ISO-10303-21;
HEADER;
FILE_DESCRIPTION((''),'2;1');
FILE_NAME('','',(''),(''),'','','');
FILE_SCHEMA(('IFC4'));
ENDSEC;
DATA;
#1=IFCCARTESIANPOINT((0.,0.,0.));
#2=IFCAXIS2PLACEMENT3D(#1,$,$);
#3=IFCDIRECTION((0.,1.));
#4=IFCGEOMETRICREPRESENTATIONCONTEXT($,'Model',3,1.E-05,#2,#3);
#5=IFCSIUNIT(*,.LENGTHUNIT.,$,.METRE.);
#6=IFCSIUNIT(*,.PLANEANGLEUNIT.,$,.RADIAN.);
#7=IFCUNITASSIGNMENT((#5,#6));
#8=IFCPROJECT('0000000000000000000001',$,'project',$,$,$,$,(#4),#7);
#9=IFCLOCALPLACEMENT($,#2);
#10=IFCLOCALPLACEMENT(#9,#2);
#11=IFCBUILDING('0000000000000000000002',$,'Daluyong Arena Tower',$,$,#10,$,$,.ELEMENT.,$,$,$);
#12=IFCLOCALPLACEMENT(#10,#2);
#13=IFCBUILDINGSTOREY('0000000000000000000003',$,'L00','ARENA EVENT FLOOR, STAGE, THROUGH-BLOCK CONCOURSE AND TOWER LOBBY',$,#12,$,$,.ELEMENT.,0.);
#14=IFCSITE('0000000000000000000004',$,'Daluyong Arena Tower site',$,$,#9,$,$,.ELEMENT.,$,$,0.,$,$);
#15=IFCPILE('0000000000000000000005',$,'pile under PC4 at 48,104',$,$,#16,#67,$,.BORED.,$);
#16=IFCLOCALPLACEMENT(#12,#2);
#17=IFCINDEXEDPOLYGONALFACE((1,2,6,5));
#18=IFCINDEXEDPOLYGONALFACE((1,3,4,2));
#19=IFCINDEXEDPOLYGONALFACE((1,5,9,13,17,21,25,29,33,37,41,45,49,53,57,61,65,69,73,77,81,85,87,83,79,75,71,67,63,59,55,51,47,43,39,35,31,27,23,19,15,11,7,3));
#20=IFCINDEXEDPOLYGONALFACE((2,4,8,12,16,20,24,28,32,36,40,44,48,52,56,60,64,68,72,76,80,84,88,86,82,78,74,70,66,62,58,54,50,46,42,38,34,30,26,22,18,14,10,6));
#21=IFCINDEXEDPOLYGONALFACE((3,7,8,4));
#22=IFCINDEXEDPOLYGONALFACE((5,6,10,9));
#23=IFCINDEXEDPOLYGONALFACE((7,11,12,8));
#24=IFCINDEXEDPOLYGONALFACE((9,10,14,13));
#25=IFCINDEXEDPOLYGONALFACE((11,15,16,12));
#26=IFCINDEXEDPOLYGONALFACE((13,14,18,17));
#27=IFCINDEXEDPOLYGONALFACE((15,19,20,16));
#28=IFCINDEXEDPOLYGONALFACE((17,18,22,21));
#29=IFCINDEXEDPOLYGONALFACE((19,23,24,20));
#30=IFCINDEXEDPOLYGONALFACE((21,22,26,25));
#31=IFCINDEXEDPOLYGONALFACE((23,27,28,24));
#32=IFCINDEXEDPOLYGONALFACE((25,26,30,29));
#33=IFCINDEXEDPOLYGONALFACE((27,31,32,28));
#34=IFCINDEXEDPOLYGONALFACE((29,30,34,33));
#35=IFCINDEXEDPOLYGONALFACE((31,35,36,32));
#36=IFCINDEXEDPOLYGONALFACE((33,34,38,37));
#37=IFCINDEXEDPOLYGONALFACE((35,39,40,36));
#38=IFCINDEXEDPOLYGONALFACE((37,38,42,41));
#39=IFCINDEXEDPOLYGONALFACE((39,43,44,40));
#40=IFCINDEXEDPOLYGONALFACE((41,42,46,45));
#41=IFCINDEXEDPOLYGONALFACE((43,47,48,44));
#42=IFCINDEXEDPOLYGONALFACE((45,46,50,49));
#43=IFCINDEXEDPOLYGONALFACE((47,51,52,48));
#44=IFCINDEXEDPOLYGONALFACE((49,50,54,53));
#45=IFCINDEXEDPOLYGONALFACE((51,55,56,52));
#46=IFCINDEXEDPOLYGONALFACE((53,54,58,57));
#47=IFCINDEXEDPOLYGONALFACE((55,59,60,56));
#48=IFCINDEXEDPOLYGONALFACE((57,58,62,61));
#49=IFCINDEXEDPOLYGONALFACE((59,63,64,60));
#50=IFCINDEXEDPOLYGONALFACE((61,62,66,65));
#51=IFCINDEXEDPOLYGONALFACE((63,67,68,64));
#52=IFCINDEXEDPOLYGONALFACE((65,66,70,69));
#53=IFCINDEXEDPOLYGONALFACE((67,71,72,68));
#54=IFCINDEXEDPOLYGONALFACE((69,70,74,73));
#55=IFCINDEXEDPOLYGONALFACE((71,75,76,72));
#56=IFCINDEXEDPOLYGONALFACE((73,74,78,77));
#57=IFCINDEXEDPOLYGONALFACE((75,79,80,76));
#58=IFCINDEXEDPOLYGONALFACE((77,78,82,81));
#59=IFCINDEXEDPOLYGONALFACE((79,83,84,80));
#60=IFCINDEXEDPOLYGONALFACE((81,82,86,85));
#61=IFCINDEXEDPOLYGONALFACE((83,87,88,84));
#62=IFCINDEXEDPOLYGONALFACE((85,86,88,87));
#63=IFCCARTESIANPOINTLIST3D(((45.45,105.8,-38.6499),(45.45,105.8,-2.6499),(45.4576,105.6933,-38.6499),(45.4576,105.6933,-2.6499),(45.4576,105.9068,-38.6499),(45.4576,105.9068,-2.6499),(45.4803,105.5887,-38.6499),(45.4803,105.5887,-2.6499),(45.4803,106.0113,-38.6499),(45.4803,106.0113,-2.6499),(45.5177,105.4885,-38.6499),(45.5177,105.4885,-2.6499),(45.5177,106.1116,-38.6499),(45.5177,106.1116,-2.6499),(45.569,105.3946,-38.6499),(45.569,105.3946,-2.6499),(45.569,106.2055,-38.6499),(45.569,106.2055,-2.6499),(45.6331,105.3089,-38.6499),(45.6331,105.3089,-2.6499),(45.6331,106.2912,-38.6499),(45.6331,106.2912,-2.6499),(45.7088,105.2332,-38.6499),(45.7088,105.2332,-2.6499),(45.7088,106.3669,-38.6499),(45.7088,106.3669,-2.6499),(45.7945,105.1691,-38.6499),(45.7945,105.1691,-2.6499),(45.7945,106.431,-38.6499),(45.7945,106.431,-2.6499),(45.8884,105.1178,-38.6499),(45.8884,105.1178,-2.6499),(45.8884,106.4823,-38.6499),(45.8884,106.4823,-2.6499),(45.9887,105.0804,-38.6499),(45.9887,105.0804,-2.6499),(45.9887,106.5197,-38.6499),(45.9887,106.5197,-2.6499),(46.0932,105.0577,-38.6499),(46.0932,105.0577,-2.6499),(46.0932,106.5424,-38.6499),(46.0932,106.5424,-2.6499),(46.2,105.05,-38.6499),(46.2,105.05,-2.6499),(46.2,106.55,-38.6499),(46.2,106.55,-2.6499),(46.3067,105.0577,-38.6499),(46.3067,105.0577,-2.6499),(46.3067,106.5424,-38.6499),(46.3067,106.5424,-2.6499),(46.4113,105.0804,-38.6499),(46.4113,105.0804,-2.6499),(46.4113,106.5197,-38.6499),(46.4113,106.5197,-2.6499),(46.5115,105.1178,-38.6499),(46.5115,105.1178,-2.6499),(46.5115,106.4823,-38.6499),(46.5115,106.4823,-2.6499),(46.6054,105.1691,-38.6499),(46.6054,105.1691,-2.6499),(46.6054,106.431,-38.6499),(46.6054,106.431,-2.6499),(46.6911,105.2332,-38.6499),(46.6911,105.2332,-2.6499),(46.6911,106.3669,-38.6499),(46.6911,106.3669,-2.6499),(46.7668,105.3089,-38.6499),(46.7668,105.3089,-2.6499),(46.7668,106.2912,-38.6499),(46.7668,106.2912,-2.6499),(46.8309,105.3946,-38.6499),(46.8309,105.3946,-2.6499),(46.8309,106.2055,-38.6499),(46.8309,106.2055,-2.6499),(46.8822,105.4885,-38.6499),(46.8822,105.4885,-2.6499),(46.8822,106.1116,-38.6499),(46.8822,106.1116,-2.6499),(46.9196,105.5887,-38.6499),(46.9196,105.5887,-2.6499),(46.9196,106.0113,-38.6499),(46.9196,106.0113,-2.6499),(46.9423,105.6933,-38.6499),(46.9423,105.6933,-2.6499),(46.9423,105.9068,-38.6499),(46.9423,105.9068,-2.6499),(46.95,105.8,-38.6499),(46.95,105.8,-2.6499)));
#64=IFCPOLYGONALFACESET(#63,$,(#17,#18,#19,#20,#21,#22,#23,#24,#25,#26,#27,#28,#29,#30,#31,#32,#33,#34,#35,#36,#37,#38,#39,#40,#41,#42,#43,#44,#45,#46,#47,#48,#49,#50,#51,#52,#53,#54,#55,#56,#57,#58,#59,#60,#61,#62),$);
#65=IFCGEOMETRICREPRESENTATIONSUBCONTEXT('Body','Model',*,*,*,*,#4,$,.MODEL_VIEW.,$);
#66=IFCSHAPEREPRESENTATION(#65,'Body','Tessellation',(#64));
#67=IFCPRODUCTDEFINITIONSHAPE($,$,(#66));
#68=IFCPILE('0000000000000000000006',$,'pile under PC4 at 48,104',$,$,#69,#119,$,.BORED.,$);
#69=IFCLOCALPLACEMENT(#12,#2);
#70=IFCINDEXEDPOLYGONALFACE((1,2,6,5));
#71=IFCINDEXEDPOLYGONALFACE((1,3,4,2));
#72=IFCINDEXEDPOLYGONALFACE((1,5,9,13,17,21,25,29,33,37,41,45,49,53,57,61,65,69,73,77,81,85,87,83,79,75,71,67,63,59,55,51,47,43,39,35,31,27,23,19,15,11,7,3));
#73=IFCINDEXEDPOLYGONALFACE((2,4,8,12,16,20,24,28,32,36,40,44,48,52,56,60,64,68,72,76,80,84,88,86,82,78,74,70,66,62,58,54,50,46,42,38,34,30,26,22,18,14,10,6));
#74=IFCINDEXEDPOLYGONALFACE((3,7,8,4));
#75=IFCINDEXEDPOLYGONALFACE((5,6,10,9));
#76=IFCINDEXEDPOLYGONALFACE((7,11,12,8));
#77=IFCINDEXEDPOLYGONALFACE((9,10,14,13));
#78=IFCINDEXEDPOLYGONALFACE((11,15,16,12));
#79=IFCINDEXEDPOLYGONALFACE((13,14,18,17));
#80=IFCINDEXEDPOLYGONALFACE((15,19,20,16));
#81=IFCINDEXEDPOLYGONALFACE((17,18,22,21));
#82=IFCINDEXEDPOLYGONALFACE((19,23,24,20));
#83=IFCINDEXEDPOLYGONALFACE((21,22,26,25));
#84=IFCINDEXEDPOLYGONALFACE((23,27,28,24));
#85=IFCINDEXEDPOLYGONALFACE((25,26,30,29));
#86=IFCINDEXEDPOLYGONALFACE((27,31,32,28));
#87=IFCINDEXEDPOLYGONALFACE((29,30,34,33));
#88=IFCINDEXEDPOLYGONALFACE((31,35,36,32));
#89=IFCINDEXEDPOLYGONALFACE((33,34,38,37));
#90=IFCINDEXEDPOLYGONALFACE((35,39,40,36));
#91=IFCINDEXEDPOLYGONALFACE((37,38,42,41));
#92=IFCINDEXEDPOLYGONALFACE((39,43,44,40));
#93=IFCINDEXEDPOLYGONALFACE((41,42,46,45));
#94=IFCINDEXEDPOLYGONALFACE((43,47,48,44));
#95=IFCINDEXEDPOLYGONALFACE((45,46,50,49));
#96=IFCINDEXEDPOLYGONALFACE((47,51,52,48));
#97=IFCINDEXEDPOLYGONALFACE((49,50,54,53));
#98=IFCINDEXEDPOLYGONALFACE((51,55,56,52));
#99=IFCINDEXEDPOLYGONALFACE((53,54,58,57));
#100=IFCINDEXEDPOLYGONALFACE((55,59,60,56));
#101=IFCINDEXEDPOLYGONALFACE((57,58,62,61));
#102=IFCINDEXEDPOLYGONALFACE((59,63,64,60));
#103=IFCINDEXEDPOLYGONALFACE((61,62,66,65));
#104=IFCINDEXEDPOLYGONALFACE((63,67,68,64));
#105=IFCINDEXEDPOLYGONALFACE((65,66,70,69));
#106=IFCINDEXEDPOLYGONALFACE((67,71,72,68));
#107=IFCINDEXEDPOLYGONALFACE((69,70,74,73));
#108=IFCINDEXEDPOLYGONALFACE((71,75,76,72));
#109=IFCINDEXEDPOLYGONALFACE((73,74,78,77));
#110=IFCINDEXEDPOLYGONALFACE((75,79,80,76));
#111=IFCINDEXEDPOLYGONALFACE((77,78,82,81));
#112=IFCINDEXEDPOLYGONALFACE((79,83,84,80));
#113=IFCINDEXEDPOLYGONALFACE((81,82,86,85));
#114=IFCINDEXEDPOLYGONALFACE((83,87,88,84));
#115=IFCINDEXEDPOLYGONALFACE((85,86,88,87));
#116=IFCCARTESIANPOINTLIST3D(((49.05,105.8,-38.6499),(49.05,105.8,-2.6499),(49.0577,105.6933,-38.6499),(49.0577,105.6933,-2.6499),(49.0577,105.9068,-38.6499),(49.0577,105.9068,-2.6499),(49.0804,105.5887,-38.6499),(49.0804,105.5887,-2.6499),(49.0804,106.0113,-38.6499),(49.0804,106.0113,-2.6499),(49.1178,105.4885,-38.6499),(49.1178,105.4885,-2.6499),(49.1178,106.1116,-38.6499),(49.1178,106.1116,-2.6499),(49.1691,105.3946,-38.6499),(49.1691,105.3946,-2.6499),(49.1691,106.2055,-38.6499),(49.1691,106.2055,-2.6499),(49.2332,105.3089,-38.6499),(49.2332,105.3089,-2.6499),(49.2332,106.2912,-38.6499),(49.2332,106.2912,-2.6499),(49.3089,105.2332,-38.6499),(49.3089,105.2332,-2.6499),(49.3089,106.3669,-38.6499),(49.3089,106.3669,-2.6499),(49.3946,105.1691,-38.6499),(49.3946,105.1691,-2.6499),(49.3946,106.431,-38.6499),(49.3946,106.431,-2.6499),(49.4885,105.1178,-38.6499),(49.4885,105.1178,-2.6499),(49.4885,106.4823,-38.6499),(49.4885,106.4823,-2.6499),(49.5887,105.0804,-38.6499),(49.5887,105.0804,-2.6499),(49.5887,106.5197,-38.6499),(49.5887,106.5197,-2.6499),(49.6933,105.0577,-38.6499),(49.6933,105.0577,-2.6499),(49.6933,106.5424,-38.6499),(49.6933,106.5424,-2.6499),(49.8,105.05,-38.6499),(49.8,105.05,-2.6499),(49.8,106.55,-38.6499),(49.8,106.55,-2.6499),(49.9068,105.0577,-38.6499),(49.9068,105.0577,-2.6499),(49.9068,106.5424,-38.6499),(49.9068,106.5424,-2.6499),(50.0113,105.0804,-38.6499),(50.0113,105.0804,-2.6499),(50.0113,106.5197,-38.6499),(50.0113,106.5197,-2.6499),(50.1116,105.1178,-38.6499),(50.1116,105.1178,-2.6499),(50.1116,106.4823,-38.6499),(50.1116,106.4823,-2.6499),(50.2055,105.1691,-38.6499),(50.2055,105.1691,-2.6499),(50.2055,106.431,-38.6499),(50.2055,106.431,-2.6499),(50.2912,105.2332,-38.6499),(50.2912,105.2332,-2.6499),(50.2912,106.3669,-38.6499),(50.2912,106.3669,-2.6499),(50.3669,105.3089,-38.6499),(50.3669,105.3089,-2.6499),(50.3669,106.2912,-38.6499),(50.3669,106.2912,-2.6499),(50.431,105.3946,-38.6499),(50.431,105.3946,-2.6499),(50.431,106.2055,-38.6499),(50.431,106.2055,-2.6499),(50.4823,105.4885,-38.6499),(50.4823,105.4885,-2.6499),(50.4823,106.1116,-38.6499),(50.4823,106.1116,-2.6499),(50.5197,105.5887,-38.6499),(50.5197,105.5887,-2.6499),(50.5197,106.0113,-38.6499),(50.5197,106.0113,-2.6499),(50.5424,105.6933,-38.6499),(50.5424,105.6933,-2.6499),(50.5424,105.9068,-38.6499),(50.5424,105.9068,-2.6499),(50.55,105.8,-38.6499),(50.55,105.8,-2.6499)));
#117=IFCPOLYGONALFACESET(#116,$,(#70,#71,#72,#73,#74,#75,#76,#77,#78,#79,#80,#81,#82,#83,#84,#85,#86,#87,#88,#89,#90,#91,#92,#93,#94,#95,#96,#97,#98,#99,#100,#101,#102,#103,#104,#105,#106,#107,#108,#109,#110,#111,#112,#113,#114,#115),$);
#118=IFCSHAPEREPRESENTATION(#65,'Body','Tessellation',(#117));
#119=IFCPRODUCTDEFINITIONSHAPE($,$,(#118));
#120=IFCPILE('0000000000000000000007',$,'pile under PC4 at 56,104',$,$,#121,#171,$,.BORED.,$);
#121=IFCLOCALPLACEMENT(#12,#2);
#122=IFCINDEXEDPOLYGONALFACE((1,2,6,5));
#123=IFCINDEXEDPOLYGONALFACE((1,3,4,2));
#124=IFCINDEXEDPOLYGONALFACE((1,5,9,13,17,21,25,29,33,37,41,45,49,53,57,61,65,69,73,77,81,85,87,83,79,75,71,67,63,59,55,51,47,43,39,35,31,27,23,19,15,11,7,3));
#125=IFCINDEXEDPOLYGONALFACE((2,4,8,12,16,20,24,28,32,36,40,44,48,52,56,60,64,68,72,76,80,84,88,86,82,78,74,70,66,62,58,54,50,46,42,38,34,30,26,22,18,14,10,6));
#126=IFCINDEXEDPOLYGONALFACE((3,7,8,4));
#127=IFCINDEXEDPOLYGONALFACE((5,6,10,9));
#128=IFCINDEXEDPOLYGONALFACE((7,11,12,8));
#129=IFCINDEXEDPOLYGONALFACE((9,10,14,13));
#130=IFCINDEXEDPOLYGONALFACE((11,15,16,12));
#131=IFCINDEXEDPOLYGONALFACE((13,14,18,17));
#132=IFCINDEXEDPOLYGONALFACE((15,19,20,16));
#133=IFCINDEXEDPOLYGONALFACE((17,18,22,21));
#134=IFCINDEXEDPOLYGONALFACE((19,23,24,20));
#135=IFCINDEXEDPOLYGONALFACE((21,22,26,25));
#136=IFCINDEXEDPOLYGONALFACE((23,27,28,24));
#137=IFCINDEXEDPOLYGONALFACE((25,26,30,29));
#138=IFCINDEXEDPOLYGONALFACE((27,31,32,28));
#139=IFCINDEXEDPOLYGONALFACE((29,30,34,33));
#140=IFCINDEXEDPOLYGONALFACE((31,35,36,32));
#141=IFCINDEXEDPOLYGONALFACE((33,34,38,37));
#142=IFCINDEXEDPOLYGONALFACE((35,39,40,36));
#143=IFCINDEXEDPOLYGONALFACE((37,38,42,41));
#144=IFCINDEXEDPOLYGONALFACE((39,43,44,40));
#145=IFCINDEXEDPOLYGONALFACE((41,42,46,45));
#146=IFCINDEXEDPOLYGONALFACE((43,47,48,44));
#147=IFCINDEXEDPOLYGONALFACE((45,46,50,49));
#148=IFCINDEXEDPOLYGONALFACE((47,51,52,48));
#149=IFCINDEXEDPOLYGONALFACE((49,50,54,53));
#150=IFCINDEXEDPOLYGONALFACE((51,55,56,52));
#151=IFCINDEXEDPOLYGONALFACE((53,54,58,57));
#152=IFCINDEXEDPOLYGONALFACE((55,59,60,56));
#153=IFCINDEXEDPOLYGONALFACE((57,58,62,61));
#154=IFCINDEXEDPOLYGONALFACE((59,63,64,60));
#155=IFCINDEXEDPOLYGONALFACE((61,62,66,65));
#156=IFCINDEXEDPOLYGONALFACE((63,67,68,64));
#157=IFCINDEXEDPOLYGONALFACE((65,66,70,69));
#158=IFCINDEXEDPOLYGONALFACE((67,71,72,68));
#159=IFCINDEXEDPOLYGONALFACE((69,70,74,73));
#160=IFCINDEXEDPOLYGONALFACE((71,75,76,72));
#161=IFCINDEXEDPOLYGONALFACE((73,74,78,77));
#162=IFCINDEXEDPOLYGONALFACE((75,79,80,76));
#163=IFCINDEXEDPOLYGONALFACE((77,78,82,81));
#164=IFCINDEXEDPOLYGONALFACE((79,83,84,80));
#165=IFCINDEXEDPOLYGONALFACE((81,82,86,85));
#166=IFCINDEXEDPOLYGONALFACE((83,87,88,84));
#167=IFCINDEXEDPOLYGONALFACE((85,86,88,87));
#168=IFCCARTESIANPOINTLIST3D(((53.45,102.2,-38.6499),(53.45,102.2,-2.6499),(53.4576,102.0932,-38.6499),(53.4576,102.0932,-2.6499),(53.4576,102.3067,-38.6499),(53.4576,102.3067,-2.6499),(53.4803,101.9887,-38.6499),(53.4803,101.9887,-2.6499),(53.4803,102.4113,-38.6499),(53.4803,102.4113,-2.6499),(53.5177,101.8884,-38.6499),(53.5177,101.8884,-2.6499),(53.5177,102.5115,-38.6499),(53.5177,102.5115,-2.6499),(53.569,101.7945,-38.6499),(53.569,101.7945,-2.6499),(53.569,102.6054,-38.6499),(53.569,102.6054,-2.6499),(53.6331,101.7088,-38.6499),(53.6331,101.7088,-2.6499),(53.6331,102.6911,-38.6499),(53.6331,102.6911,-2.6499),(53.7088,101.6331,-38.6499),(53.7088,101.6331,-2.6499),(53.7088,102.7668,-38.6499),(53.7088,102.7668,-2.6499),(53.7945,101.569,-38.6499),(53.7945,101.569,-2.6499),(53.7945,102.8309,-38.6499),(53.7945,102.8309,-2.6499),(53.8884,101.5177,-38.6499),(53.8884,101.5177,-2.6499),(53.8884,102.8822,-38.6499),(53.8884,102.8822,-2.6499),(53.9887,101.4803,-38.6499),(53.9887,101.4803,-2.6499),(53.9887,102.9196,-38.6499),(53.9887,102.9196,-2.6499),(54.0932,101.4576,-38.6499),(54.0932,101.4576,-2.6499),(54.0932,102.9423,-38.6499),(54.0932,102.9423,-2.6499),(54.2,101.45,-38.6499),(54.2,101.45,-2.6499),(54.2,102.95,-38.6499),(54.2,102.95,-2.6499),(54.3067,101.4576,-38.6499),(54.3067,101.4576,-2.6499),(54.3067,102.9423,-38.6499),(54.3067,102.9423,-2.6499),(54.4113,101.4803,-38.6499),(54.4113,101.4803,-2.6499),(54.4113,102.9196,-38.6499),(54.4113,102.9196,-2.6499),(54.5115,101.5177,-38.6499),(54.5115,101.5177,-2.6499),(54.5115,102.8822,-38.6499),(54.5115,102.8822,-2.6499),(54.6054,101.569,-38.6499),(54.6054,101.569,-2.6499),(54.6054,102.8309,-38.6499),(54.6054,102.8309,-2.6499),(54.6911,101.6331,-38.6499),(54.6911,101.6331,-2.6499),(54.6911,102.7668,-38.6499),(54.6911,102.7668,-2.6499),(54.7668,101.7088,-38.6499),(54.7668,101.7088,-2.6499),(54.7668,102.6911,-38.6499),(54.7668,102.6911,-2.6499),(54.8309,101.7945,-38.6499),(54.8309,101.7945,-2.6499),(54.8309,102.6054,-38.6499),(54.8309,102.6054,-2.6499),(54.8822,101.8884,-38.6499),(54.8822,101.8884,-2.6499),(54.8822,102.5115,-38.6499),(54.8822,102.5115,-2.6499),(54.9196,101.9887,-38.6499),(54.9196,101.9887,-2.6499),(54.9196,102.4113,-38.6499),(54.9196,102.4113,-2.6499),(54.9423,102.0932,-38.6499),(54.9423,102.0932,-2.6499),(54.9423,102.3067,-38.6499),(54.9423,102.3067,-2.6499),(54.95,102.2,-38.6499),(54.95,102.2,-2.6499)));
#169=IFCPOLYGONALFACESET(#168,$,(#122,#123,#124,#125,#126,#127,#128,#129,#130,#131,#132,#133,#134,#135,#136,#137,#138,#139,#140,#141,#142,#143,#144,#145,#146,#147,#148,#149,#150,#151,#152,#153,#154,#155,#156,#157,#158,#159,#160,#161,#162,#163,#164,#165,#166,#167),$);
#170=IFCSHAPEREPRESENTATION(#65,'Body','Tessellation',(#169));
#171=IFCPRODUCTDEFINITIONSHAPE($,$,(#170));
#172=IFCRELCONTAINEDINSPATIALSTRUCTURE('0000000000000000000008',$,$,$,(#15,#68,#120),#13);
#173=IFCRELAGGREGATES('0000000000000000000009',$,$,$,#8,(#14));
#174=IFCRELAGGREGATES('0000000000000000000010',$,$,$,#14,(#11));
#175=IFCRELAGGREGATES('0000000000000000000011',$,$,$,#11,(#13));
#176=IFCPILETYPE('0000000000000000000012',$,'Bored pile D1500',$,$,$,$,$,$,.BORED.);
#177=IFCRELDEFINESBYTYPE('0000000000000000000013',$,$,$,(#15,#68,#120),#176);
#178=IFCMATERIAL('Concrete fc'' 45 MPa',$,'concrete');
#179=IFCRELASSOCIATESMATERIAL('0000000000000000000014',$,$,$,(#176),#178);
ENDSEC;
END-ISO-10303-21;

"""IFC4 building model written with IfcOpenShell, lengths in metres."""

from ifc_helpers import new_model, si_unit, direction, frame, origin, origin_2d, place, context, subcontext, project, spatial, circle, extrude, material, type_object, element, save


model = new_model("IFC4")

# Units and contexts
model_context = context("Model", 3, precision=1e-05, world=origin(), true_north=direction((0.0, 1.0)))
body_context = subcontext(model_context, "Body", "Model", "MODEL_VIEW")
ifc_project = project(units=[si_unit("LENGTHUNIT", "METRE"), si_unit("PLANEANGLEUNIT", "RADIAN")], contexts=[model_context])

# Site, building, storey
site_placement = place(None, origin())
site = spatial("IfcSite", under=ifc_project, at=site_placement, Name="Daluyong Arena Tower site", CompositionType="ELEMENT", RefElevation=0.0)
building_placement = place(site_placement, origin())
building = spatial("IfcBuilding", under=site, at=building_placement, Name="Daluyong Arena Tower", CompositionType="ELEMENT")
storey_placement = place(building_placement, origin())
storey = spatial("IfcBuildingStorey", under=building, at=storey_placement, Name="L00", Description="ARENA EVENT FLOOR, STAGE, THROUGH-BLOCK CONCOURSE AND TOWER LOBBY", CompositionType="ELEMENT", Elevation=0.0)

# Piles
ifc_material_1 = material(Name="Concrete fc' 45 MPa", Category="concrete")
pile_type_1 = type_object("IfcPileType", Name="Bored pile D1500", PredefinedType="BORED", material=ifc_material_1)
for number, where, z_axis, x_axis, name in (
    (1, (46.2, 105.8, -2.6499), (0.0, 0.0, -1.0), (1.0, 0.0, 0.0), "pile under PC4 at 48,104"),
    (2, (49.8, 105.8, -2.6499), (0.0, 0.0, -1.0), (1.0, 0.0, 0.0), "pile under PC4 at 48,104"),
    (3, (54.2, 102.2, -2.6499), (0.0, 0.0, -1.0), (1.0, 0.0, 0.0), "pile under PC4 at 56,104"),
):
    element("IfcPile", number, at=place(storey_placement, frame(where, z_axis=z_axis, x_axis=x_axis)), inside=storey, type_object=pile_type_1, Name=name, PredefinedType="BORED", context=body_context, shape_type="SweptSolid", body=[
        extrude(circle(Radius=0.75, at=origin_2d()), origin(), (0.0, 0.0, 1.0), 36.0),
    ])

save(model, "model.ifc")
